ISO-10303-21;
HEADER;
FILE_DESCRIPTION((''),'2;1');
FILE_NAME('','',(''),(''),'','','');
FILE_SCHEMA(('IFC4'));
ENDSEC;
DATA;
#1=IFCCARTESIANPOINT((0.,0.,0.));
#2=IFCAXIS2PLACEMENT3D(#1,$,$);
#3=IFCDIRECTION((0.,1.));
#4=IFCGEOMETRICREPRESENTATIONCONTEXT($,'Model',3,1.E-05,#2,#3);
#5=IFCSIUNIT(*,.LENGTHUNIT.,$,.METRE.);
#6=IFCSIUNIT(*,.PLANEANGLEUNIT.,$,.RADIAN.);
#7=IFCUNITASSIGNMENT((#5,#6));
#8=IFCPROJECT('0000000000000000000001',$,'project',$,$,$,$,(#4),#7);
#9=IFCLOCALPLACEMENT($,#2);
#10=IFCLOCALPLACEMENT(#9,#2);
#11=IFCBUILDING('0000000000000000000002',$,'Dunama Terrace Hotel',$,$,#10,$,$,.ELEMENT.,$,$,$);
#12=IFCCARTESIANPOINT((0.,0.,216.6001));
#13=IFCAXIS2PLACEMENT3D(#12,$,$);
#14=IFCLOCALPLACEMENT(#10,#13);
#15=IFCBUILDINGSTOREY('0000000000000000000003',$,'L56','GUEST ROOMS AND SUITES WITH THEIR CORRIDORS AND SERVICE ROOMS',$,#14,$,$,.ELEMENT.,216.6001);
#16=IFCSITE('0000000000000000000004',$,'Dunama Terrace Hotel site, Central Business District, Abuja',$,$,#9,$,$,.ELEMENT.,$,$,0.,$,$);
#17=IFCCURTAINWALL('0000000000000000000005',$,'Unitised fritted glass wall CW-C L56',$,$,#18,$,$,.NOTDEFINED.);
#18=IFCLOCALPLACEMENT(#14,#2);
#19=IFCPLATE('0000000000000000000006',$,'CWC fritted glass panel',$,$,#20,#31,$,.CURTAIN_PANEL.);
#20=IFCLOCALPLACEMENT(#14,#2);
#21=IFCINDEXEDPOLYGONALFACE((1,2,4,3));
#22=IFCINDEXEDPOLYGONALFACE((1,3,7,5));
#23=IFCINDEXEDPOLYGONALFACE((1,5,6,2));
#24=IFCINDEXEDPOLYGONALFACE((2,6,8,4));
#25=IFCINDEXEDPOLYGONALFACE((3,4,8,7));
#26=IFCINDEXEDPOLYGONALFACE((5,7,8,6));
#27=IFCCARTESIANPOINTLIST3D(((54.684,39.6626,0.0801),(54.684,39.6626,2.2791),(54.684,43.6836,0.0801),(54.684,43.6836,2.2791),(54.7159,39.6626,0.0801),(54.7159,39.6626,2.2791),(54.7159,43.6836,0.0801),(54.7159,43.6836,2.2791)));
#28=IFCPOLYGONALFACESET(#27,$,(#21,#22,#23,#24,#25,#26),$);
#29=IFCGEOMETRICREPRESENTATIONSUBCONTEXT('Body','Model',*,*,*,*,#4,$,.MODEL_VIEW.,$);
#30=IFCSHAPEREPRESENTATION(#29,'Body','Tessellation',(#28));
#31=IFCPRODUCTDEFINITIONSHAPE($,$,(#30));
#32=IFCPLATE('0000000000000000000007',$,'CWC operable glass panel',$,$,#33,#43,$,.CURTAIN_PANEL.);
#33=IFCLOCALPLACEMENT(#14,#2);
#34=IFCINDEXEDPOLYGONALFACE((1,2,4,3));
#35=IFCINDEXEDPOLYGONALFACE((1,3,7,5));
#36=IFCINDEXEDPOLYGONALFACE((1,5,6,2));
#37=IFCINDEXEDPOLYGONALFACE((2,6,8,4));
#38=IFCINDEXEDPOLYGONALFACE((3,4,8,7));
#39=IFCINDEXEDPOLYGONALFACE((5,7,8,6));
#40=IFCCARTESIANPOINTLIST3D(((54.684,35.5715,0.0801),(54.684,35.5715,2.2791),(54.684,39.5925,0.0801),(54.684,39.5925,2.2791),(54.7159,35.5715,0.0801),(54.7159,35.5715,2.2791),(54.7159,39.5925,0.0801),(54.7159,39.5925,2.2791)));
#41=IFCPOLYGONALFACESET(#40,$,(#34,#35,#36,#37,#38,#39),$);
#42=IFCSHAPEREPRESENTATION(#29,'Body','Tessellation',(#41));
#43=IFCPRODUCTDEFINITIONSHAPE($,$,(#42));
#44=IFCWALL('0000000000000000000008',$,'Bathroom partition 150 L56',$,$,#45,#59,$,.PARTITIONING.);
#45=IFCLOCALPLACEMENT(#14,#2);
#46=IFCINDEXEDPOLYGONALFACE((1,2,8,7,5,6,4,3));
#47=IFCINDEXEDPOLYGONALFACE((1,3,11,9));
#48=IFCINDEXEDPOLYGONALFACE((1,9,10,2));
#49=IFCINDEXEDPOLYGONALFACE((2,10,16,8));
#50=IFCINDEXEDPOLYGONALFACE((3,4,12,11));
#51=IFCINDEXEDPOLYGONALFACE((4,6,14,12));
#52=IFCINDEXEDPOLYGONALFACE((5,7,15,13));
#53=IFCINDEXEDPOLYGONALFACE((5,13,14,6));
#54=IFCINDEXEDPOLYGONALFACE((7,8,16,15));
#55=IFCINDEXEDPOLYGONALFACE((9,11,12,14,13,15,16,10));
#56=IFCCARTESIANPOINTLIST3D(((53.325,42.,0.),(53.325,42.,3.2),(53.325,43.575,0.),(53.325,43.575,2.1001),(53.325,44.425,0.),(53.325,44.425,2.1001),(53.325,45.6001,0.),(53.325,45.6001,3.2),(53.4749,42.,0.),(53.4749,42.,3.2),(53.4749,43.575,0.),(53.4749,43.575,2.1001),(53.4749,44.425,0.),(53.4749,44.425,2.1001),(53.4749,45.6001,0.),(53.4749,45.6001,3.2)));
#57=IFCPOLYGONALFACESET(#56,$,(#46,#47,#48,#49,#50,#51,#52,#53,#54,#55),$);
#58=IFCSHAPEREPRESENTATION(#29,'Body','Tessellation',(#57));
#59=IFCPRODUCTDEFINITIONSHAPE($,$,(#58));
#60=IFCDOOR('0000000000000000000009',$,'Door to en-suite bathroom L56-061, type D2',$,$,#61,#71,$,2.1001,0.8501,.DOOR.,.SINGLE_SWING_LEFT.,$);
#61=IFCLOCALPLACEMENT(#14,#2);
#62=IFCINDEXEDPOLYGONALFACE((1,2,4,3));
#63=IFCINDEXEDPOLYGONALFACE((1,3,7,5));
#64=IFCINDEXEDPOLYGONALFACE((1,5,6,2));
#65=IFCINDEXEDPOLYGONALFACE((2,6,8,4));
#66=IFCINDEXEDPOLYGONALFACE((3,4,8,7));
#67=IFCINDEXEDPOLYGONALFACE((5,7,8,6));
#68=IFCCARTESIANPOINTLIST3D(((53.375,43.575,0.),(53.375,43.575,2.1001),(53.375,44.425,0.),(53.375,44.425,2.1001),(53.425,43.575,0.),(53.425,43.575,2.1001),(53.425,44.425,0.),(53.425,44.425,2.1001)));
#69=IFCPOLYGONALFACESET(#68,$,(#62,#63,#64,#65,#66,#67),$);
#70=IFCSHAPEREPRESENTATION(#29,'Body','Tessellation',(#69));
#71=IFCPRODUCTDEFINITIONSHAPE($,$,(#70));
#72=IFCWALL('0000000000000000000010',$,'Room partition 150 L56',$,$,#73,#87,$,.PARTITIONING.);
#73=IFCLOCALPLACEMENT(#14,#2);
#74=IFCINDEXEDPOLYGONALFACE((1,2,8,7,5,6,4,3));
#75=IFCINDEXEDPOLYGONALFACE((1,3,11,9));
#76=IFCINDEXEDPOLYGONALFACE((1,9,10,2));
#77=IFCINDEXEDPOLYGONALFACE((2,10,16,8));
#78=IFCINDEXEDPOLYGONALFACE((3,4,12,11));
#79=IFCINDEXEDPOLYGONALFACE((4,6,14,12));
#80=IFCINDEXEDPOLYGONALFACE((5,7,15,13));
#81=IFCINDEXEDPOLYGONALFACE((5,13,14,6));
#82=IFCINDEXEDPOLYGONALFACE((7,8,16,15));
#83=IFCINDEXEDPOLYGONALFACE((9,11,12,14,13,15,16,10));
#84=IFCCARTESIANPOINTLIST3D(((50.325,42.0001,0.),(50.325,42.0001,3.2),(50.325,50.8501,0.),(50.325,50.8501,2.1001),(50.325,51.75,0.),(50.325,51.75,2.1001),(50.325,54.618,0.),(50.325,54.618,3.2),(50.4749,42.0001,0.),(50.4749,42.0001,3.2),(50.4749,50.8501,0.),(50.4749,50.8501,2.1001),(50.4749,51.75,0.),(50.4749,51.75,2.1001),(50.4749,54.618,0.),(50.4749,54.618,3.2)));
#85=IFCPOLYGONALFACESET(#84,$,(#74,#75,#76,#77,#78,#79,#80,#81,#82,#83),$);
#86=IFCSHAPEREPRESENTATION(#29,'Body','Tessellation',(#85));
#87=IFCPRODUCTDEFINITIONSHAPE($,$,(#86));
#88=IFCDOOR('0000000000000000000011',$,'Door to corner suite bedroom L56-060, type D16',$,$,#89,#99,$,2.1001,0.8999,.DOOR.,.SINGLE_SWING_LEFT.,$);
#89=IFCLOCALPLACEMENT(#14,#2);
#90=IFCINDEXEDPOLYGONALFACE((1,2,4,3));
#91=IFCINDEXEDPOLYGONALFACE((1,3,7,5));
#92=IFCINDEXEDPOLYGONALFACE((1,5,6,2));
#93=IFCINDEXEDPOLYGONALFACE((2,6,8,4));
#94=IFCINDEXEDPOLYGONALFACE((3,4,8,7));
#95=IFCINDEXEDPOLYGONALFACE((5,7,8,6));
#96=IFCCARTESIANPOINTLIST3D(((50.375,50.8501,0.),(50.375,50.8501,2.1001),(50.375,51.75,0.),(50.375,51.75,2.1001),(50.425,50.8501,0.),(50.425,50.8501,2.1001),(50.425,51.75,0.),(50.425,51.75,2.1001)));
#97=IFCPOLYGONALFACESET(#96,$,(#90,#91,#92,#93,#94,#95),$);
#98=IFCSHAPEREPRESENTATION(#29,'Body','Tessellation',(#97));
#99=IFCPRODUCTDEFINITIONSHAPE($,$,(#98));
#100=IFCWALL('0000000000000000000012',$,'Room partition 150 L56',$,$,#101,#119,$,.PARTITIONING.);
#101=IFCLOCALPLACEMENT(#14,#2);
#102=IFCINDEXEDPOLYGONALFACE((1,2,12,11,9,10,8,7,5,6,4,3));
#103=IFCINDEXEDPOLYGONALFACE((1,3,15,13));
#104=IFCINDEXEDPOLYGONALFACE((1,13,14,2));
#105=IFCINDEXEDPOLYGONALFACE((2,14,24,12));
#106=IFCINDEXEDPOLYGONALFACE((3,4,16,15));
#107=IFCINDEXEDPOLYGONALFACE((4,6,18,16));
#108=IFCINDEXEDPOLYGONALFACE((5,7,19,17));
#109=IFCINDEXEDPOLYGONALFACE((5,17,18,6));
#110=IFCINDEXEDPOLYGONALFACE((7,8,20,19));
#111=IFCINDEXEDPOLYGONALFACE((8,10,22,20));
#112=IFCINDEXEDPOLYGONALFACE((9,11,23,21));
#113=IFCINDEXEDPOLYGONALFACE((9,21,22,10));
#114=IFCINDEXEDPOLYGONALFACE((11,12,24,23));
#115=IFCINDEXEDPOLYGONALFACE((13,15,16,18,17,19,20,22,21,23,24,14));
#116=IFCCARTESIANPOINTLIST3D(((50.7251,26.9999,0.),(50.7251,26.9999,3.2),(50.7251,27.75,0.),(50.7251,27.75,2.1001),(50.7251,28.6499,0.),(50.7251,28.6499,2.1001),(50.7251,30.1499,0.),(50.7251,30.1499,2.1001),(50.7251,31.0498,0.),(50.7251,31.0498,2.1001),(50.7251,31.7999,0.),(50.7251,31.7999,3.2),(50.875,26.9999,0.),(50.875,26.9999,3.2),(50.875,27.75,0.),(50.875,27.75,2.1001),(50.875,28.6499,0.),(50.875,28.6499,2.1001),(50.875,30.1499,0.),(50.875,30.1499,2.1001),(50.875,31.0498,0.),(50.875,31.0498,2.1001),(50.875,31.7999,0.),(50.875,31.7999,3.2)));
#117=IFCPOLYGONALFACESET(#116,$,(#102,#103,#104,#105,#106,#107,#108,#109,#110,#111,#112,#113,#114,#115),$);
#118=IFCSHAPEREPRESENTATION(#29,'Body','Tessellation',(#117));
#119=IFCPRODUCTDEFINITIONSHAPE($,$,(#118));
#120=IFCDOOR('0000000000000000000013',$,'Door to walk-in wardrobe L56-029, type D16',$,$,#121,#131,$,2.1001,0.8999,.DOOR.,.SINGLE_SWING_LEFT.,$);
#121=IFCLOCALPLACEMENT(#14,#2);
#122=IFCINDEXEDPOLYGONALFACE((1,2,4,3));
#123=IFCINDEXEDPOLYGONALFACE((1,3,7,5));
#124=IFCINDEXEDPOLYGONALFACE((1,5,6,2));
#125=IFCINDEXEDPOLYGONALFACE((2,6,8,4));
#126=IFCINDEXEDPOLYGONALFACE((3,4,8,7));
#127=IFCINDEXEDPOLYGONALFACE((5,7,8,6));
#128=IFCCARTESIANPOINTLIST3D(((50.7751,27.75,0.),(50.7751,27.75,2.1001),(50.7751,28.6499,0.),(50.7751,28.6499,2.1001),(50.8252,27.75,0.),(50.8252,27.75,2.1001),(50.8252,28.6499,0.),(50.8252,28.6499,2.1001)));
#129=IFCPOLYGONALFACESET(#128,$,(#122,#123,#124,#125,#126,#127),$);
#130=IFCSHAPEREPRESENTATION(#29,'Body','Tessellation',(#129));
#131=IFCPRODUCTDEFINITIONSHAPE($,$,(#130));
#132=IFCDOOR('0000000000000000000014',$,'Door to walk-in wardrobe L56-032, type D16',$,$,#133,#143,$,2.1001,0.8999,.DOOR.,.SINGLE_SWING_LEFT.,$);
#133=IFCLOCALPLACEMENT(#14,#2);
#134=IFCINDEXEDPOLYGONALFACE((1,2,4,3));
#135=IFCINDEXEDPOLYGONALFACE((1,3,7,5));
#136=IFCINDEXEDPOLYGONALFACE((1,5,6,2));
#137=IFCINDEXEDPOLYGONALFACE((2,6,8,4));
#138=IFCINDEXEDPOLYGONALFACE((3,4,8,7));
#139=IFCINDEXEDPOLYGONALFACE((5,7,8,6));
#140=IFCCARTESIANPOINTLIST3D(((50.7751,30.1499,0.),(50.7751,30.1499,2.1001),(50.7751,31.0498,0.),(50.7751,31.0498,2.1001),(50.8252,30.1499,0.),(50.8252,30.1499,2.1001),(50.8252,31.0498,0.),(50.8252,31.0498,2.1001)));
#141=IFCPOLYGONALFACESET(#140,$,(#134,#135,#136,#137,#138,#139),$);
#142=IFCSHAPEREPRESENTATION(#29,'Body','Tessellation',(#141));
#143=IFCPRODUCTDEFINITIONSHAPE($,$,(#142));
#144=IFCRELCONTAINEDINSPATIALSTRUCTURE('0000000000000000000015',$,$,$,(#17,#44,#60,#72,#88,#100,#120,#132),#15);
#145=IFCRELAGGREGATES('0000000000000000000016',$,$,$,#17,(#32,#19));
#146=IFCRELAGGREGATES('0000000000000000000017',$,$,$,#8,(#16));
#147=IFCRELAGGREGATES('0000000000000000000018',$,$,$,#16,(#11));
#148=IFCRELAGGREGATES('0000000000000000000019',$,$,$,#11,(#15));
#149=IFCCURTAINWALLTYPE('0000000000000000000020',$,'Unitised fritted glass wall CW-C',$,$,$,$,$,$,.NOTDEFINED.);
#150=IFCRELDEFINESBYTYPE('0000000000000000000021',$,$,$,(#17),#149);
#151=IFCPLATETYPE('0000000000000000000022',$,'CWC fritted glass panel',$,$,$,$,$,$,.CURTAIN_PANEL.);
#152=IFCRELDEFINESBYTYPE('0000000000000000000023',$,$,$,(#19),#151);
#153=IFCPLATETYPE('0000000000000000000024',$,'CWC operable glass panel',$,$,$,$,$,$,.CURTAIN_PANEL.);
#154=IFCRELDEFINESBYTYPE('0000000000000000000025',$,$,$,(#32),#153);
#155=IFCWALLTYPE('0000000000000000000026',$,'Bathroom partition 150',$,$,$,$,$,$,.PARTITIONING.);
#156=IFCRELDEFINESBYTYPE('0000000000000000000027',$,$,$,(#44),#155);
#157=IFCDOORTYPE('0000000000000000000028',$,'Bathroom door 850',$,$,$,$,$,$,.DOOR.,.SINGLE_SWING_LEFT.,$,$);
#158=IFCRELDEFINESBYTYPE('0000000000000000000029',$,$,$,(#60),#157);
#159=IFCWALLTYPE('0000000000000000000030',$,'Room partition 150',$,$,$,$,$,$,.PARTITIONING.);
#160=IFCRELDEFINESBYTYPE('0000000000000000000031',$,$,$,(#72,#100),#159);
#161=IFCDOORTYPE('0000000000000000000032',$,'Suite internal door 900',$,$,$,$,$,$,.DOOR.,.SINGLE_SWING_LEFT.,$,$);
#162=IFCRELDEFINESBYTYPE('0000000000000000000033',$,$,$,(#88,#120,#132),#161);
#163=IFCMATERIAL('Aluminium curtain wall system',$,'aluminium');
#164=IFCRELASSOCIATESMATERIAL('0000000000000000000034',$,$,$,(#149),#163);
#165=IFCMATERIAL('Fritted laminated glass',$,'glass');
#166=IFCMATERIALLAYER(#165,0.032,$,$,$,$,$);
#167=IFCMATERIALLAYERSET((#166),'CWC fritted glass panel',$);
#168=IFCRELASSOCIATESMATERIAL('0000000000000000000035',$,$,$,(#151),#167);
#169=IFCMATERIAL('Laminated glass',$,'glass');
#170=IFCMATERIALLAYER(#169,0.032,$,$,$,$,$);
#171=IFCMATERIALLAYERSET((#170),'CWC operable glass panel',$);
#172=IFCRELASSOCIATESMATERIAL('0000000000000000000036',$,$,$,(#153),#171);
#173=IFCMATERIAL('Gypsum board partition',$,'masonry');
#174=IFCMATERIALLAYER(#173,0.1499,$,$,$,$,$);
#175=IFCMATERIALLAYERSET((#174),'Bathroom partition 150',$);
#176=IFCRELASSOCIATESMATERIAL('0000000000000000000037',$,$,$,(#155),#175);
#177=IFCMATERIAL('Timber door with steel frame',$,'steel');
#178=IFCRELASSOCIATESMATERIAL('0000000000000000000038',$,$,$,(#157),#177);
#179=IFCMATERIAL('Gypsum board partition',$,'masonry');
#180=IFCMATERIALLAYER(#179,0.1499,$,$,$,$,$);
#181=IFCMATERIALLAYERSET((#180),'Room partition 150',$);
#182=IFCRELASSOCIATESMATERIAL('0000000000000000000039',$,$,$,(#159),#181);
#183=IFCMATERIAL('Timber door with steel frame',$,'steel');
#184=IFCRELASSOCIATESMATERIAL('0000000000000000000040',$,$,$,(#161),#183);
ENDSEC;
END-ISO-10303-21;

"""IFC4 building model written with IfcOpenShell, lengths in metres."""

from ifc_helpers import new_model, si_unit, direction, frame, frame_2d, origin, origin_2d, place, context, subcontext, project, spatial, rectangle, extrude, material, layer, layer_set, type_object, element, fill, aggregate, save


model = new_model("IFC4")

# Units and contexts
model_context = context("Model", 3, precision=1e-05, world=origin(), true_north=direction((0.0, 1.0)))
body_context = subcontext(model_context, "Body", "Model", "MODEL_VIEW")
ifc_project = project(units=[si_unit("LENGTHUNIT", "METRE"), si_unit("PLANEANGLEUNIT", "RADIAN")], contexts=[model_context])

# Site, building, storey
site_placement = place(None, origin())
site = spatial("IfcSite", under=ifc_project, at=site_placement, Name="Dunama Terrace Hotel site, Central Business District, Abuja", CompositionType="ELEMENT", RefElevation=0.0)
building_placement = place(site_placement, origin())
building = spatial("IfcBuilding", under=site, at=building_placement, Name="Dunama Terrace Hotel", CompositionType="ELEMENT")
storey_placement = place(building_placement, frame((0.0, 0.0, 216.6001)))
storey = spatial("IfcBuildingStorey", under=building, at=storey_placement, Name="L56", Description="GUEST ROOMS AND SUITES WITH THEIR CORRIDORS AND SERVICE ROOMS", CompositionType="ELEMENT", Elevation=216.6001)

# Curtain wall, plates
ifc_material_1 = material(Name="Aluminium curtain wall system", Category="aluminium")
curtain_wall_type = type_object("IfcCurtainWallType", Name="Unitised fritted glass wall CW-C", PredefinedType="NOTDEFINED", material=ifc_material_1)
curtain_wall_placement = place(storey_placement, origin())
curtain_wall = element("IfcCurtainWall", 1, at=curtain_wall_placement, inside=storey, type_object=curtain_wall_type, Name="Unitised fritted glass wall CW-C L56", PredefinedType="NOTDEFINED")
ifc_material_2 = material(Name="Fritted laminated glass", Category="glass")
ifc_layer_1 = layer(ifc_material_2, 0.032)
ifc_layer_set_1 = layer_set([ifc_layer_1], Name="CWC fritted glass panel")
plate_type_1 = type_object("IfcPlateType", Name="CWC fritted glass panel", PredefinedType="CURTAIN_PANEL", material=ifc_layer_set_1)
plate_1_placement = place(storey_placement, frame((54.7, 41.6731, 0.0801), z_axis=(0.0, 0.0, 1.0), x_axis=(0.0, 1.0, 0.0)))
plate_1 = element("IfcPlate", 2, at=plate_1_placement, type_object=plate_type_1, Name="CWC fritted glass panel", PredefinedType="CURTAIN_PANEL", context=body_context, shape_type="SweptSolid", body=[
    extrude(rectangle(XDim=4.021, YDim=0.032, at=origin_2d()), origin(), (0.0, 0.0, 1.0), 2.199),
])
ifc_material_3 = material(Name="Laminated glass", Category="glass")
ifc_layer_2 = layer(ifc_material_3, 0.032)
ifc_layer_set_2 = layer_set([ifc_layer_2], Name="CWC operable glass panel")
plate_type_2 = type_object("IfcPlateType", Name="CWC operable glass panel", PredefinedType="CURTAIN_PANEL", material=ifc_layer_set_2)
plate_2_placement = place(storey_placement, frame((54.7, 37.582, 0.0801), z_axis=(0.0, 0.0, 1.0), x_axis=(0.0, 1.0, 0.0)))
plate_2 = element("IfcPlate", 3, at=plate_2_placement, type_object=plate_type_2, Name="CWC operable glass panel", PredefinedType="CURTAIN_PANEL", context=body_context, shape_type="SweptSolid", body=[
    extrude(rectangle(XDim=4.021, YDim=0.032, at=origin_2d()), origin(), (0.0, 0.0, 1.0), 2.199),
])
aggregate(curtain_wall, [plate_2, plate_1])

# Walls, openings, doors
ifc_material_4 = material(Name="Gypsum board partition", Category="masonry")
ifc_layer_3 = layer(ifc_material_4, 0.1499)
ifc_layer_set_3 = layer_set([ifc_layer_3], Name="Bathroom partition 150")
wall_type_1 = type_object("IfcWallType", Name="Bathroom partition 150", PredefinedType="PARTITIONING", material=ifc_layer_set_3)
wall_1_placement = place(storey_placement, frame((53.3999, 42.0, 0.0), z_axis=(0.0, 0.0, 1.0), x_axis=(0.0, 1.0, 0.0)))
wall_1 = element("IfcWall", 4, at=wall_1_placement, inside=storey, type_object=wall_type_1, Name="Bathroom partition 150 L56", PredefinedType="PARTITIONING", context=body_context, shape_type="SweptSolid", body=[
    extrude(rectangle(XDim=3.6001, YDim=0.1499, at=frame_2d((1.8, 0.0))), origin(), (0.0, 0.0, 1.0), 3.2),
])
opening_1_placement = place(wall_1_placement, frame((1.575, 0.0, 0.0)))
opening_1 = element("IfcOpeningElement", 5, at=opening_1_placement, cuts=wall_1, PredefinedType="OPENING", context=body_context, shape_type="SweptSolid", body=[
    extrude(rectangle(XDim=0.8501, YDim=2.1001, at=frame_2d((0.425, 1.05))), frame((0.0, 0.085, 0.0), z_axis=(0.0, -1.0, 0.0), x_axis=(1.0, 0.0, 0.0)), (0.0, 0.0, 1.0), 0.1699),
])
ifc_material_5 = material(Name="Timber door with steel frame", Category="steel")
door_type_1 = type_object("IfcDoorType", Name="Bathroom door 850", OperationType="SINGLE_SWING_LEFT", PredefinedType="DOOR", material=ifc_material_5)
door_1_placement = place(opening_1_placement, origin())
door_1 = element("IfcDoor", 6, at=door_1_placement, inside=storey, type_object=door_type_1, Name="Door to en-suite bathroom L56-061, type D2", OperationType="SINGLE_SWING_LEFT", OverallHeight=2.1001, OverallWidth=0.8501, PredefinedType="DOOR", context=body_context, shape_type="SweptSolid", body=[
    extrude(rectangle(XDim=0.8501, YDim=2.1001, at=frame_2d((0.425, 1.05))), frame((0.0, 0.0249, 0.0), z_axis=(0.0, -1.0, 0.0), x_axis=(1.0, 0.0, 0.0)), (0.0, 0.0, 1.0), 0.05),
])
fill(opening_1, door_1)
ifc_material_6 = material(Name="Gypsum board partition", Category="masonry")
ifc_layer_4 = layer(ifc_material_6, 0.1499)
ifc_layer_set_4 = layer_set([ifc_layer_4], Name="Room partition 150")
wall_type_2 = type_object("IfcWallType", Name="Room partition 150", PredefinedType="PARTITIONING", material=ifc_layer_set_4)
wall_2_placement = place(storey_placement, frame((50.3999, 42.0, 0.0), z_axis=(0.0, 0.0, 1.0), x_axis=(0.0, 1.0, 0.0)))
wall_2 = element("IfcWall", 7, at=wall_2_placement, inside=storey, type_object=wall_type_2, Name="Room partition 150 L56", PredefinedType="PARTITIONING", context=body_context, shape_type="SweptSolid", body=[
    extrude(rectangle(XDim=12.6179, YDim=0.1499, at=frame_2d((6.3091, 0.0))), origin(), (0.0, 0.0, 1.0), 3.2),
])
opening_2_placement = place(wall_2_placement, frame((8.8501, 0.0, 0.0)))
opening_2 = element("IfcOpeningElement", 8, at=opening_2_placement, cuts=wall_2, PredefinedType="OPENING", context=body_context, shape_type="SweptSolid", body=[
    extrude(rectangle(XDim=0.8999, YDim=2.1001, at=frame_2d((0.45, 1.05))), frame((0.0, 0.085, 0.0), z_axis=(0.0, -1.0, 0.0), x_axis=(1.0, 0.0, 0.0)), (0.0, 0.0, 1.0), 0.1699),
])
ifc_material_7 = material(Name="Timber door with steel frame", Category="steel")
door_type_2 = type_object("IfcDoorType", Name="Suite internal door 900", OperationType="SINGLE_SWING_LEFT", PredefinedType="DOOR", material=ifc_material_7)
door_2_placement = place(opening_2_placement, frame((0.8999, 0.0, 0.0), z_axis=(0.0, 0.0, 1.0), x_axis=(-1.0, 0.0, 0.0)))
door_2 = element("IfcDoor", 9, at=door_2_placement, inside=storey, type_object=door_type_2, Name="Door to corner suite bedroom L56-060, type D16", OperationType="SINGLE_SWING_LEFT", OverallHeight=2.1001, OverallWidth=0.8999, PredefinedType="DOOR", context=body_context, shape_type="SweptSolid", body=[
    extrude(rectangle(XDim=0.8999, YDim=2.1001, at=frame_2d((0.45, 1.05))), frame((0.0, 0.0251, 0.0), z_axis=(0.0, -1.0, 0.0), x_axis=(1.0, 0.0, 0.0)), (0.0, 0.0, 1.0), 0.05),
])
fill(opening_2, door_2)

# Wall, openings, doors
wall_3_placement = place(storey_placement, frame((50.8, 27.0, 0.0), z_axis=(0.0, 0.0, 1.0), x_axis=(0.0, 1.0, 0.0)))
wall_3 = element("IfcWall", 10, at=wall_3_placement, inside=storey, type_object=wall_type_2, Name="Room partition 150 L56", PredefinedType="PARTITIONING", context=body_context, shape_type="SweptSolid", body=[
    extrude(rectangle(XDim=4.8, YDim=0.1499, at=frame_2d((2.3999, 0.0))), origin(), (0.0, 0.0, 1.0), 3.2),
])
opening_3_placement = place(wall_3_placement, frame((0.75, 0.0, 0.0)))
opening_3 = element("IfcOpeningElement", 11, at=opening_3_placement, cuts=wall_3, PredefinedType="OPENING", context=body_context, shape_type="SweptSolid", body=[
    extrude(rectangle(XDim=0.8999, YDim=2.1001, at=frame_2d((0.45, 1.05))), frame((0.0, 0.085, 0.0), z_axis=(0.0, -1.0, 0.0), x_axis=(1.0, 0.0, 0.0)), (0.0, 0.0, 1.0), 0.1699),
])
opening_4_placement = place(wall_3_placement, frame((3.1499, 0.0, 0.0)))
opening_4 = element("IfcOpeningElement", 12, at=opening_4_placement, cuts=wall_3, PredefinedType="OPENING", context=body_context, shape_type="SweptSolid", body=[
    extrude(rectangle(XDim=0.8999, YDim=2.1001, at=frame_2d((0.45, 1.05))), frame((0.0, 0.085, 0.0), z_axis=(0.0, -1.0, 0.0), x_axis=(1.0, 0.0, 0.0)), (0.0, 0.0, 1.0), 0.1699),
])
door_3_placement = place(opening_3_placement, origin())
door_3 = element("IfcDoor", 13, at=door_3_placement, inside=storey, type_object=door_type_2, Name="Door to walk-in wardrobe L56-029, type D16", OperationType="SINGLE_SWING_LEFT", OverallHeight=2.1001, OverallWidth=0.8999, PredefinedType="DOOR", context=body_context, shape_type="SweptSolid", body=[
    extrude(rectangle(XDim=0.8999, YDim=2.1001, at=frame_2d((0.45, 1.05))), frame((0.0, 0.0249, 0.0), z_axis=(0.0, -1.0, 0.0), x_axis=(1.0, 0.0, 0.0)), (0.0, 0.0, 1.0), 0.05),
])
fill(opening_3, door_3)
door_4_placement = place(opening_4_placement, origin())
door_4 = element("IfcDoor", 14, at=door_4_placement, inside=storey, type_object=door_type_2, Name="Door to walk-in wardrobe L56-032, type D16", OperationType="SINGLE_SWING_LEFT", OverallHeight=2.1001, OverallWidth=0.8999, PredefinedType="DOOR", context=body_context, shape_type="SweptSolid", body=[
    extrude(rectangle(XDim=0.8999, YDim=2.1001, at=frame_2d((0.45, 1.05))), frame((0.0, 0.0249, 0.0), z_axis=(0.0, -1.0, 0.0), x_axis=(1.0, 0.0, 0.0)), (0.0, 0.0, 1.0), 0.05),
])
fill(opening_4, door_4)

save(model, "model.ifc")
